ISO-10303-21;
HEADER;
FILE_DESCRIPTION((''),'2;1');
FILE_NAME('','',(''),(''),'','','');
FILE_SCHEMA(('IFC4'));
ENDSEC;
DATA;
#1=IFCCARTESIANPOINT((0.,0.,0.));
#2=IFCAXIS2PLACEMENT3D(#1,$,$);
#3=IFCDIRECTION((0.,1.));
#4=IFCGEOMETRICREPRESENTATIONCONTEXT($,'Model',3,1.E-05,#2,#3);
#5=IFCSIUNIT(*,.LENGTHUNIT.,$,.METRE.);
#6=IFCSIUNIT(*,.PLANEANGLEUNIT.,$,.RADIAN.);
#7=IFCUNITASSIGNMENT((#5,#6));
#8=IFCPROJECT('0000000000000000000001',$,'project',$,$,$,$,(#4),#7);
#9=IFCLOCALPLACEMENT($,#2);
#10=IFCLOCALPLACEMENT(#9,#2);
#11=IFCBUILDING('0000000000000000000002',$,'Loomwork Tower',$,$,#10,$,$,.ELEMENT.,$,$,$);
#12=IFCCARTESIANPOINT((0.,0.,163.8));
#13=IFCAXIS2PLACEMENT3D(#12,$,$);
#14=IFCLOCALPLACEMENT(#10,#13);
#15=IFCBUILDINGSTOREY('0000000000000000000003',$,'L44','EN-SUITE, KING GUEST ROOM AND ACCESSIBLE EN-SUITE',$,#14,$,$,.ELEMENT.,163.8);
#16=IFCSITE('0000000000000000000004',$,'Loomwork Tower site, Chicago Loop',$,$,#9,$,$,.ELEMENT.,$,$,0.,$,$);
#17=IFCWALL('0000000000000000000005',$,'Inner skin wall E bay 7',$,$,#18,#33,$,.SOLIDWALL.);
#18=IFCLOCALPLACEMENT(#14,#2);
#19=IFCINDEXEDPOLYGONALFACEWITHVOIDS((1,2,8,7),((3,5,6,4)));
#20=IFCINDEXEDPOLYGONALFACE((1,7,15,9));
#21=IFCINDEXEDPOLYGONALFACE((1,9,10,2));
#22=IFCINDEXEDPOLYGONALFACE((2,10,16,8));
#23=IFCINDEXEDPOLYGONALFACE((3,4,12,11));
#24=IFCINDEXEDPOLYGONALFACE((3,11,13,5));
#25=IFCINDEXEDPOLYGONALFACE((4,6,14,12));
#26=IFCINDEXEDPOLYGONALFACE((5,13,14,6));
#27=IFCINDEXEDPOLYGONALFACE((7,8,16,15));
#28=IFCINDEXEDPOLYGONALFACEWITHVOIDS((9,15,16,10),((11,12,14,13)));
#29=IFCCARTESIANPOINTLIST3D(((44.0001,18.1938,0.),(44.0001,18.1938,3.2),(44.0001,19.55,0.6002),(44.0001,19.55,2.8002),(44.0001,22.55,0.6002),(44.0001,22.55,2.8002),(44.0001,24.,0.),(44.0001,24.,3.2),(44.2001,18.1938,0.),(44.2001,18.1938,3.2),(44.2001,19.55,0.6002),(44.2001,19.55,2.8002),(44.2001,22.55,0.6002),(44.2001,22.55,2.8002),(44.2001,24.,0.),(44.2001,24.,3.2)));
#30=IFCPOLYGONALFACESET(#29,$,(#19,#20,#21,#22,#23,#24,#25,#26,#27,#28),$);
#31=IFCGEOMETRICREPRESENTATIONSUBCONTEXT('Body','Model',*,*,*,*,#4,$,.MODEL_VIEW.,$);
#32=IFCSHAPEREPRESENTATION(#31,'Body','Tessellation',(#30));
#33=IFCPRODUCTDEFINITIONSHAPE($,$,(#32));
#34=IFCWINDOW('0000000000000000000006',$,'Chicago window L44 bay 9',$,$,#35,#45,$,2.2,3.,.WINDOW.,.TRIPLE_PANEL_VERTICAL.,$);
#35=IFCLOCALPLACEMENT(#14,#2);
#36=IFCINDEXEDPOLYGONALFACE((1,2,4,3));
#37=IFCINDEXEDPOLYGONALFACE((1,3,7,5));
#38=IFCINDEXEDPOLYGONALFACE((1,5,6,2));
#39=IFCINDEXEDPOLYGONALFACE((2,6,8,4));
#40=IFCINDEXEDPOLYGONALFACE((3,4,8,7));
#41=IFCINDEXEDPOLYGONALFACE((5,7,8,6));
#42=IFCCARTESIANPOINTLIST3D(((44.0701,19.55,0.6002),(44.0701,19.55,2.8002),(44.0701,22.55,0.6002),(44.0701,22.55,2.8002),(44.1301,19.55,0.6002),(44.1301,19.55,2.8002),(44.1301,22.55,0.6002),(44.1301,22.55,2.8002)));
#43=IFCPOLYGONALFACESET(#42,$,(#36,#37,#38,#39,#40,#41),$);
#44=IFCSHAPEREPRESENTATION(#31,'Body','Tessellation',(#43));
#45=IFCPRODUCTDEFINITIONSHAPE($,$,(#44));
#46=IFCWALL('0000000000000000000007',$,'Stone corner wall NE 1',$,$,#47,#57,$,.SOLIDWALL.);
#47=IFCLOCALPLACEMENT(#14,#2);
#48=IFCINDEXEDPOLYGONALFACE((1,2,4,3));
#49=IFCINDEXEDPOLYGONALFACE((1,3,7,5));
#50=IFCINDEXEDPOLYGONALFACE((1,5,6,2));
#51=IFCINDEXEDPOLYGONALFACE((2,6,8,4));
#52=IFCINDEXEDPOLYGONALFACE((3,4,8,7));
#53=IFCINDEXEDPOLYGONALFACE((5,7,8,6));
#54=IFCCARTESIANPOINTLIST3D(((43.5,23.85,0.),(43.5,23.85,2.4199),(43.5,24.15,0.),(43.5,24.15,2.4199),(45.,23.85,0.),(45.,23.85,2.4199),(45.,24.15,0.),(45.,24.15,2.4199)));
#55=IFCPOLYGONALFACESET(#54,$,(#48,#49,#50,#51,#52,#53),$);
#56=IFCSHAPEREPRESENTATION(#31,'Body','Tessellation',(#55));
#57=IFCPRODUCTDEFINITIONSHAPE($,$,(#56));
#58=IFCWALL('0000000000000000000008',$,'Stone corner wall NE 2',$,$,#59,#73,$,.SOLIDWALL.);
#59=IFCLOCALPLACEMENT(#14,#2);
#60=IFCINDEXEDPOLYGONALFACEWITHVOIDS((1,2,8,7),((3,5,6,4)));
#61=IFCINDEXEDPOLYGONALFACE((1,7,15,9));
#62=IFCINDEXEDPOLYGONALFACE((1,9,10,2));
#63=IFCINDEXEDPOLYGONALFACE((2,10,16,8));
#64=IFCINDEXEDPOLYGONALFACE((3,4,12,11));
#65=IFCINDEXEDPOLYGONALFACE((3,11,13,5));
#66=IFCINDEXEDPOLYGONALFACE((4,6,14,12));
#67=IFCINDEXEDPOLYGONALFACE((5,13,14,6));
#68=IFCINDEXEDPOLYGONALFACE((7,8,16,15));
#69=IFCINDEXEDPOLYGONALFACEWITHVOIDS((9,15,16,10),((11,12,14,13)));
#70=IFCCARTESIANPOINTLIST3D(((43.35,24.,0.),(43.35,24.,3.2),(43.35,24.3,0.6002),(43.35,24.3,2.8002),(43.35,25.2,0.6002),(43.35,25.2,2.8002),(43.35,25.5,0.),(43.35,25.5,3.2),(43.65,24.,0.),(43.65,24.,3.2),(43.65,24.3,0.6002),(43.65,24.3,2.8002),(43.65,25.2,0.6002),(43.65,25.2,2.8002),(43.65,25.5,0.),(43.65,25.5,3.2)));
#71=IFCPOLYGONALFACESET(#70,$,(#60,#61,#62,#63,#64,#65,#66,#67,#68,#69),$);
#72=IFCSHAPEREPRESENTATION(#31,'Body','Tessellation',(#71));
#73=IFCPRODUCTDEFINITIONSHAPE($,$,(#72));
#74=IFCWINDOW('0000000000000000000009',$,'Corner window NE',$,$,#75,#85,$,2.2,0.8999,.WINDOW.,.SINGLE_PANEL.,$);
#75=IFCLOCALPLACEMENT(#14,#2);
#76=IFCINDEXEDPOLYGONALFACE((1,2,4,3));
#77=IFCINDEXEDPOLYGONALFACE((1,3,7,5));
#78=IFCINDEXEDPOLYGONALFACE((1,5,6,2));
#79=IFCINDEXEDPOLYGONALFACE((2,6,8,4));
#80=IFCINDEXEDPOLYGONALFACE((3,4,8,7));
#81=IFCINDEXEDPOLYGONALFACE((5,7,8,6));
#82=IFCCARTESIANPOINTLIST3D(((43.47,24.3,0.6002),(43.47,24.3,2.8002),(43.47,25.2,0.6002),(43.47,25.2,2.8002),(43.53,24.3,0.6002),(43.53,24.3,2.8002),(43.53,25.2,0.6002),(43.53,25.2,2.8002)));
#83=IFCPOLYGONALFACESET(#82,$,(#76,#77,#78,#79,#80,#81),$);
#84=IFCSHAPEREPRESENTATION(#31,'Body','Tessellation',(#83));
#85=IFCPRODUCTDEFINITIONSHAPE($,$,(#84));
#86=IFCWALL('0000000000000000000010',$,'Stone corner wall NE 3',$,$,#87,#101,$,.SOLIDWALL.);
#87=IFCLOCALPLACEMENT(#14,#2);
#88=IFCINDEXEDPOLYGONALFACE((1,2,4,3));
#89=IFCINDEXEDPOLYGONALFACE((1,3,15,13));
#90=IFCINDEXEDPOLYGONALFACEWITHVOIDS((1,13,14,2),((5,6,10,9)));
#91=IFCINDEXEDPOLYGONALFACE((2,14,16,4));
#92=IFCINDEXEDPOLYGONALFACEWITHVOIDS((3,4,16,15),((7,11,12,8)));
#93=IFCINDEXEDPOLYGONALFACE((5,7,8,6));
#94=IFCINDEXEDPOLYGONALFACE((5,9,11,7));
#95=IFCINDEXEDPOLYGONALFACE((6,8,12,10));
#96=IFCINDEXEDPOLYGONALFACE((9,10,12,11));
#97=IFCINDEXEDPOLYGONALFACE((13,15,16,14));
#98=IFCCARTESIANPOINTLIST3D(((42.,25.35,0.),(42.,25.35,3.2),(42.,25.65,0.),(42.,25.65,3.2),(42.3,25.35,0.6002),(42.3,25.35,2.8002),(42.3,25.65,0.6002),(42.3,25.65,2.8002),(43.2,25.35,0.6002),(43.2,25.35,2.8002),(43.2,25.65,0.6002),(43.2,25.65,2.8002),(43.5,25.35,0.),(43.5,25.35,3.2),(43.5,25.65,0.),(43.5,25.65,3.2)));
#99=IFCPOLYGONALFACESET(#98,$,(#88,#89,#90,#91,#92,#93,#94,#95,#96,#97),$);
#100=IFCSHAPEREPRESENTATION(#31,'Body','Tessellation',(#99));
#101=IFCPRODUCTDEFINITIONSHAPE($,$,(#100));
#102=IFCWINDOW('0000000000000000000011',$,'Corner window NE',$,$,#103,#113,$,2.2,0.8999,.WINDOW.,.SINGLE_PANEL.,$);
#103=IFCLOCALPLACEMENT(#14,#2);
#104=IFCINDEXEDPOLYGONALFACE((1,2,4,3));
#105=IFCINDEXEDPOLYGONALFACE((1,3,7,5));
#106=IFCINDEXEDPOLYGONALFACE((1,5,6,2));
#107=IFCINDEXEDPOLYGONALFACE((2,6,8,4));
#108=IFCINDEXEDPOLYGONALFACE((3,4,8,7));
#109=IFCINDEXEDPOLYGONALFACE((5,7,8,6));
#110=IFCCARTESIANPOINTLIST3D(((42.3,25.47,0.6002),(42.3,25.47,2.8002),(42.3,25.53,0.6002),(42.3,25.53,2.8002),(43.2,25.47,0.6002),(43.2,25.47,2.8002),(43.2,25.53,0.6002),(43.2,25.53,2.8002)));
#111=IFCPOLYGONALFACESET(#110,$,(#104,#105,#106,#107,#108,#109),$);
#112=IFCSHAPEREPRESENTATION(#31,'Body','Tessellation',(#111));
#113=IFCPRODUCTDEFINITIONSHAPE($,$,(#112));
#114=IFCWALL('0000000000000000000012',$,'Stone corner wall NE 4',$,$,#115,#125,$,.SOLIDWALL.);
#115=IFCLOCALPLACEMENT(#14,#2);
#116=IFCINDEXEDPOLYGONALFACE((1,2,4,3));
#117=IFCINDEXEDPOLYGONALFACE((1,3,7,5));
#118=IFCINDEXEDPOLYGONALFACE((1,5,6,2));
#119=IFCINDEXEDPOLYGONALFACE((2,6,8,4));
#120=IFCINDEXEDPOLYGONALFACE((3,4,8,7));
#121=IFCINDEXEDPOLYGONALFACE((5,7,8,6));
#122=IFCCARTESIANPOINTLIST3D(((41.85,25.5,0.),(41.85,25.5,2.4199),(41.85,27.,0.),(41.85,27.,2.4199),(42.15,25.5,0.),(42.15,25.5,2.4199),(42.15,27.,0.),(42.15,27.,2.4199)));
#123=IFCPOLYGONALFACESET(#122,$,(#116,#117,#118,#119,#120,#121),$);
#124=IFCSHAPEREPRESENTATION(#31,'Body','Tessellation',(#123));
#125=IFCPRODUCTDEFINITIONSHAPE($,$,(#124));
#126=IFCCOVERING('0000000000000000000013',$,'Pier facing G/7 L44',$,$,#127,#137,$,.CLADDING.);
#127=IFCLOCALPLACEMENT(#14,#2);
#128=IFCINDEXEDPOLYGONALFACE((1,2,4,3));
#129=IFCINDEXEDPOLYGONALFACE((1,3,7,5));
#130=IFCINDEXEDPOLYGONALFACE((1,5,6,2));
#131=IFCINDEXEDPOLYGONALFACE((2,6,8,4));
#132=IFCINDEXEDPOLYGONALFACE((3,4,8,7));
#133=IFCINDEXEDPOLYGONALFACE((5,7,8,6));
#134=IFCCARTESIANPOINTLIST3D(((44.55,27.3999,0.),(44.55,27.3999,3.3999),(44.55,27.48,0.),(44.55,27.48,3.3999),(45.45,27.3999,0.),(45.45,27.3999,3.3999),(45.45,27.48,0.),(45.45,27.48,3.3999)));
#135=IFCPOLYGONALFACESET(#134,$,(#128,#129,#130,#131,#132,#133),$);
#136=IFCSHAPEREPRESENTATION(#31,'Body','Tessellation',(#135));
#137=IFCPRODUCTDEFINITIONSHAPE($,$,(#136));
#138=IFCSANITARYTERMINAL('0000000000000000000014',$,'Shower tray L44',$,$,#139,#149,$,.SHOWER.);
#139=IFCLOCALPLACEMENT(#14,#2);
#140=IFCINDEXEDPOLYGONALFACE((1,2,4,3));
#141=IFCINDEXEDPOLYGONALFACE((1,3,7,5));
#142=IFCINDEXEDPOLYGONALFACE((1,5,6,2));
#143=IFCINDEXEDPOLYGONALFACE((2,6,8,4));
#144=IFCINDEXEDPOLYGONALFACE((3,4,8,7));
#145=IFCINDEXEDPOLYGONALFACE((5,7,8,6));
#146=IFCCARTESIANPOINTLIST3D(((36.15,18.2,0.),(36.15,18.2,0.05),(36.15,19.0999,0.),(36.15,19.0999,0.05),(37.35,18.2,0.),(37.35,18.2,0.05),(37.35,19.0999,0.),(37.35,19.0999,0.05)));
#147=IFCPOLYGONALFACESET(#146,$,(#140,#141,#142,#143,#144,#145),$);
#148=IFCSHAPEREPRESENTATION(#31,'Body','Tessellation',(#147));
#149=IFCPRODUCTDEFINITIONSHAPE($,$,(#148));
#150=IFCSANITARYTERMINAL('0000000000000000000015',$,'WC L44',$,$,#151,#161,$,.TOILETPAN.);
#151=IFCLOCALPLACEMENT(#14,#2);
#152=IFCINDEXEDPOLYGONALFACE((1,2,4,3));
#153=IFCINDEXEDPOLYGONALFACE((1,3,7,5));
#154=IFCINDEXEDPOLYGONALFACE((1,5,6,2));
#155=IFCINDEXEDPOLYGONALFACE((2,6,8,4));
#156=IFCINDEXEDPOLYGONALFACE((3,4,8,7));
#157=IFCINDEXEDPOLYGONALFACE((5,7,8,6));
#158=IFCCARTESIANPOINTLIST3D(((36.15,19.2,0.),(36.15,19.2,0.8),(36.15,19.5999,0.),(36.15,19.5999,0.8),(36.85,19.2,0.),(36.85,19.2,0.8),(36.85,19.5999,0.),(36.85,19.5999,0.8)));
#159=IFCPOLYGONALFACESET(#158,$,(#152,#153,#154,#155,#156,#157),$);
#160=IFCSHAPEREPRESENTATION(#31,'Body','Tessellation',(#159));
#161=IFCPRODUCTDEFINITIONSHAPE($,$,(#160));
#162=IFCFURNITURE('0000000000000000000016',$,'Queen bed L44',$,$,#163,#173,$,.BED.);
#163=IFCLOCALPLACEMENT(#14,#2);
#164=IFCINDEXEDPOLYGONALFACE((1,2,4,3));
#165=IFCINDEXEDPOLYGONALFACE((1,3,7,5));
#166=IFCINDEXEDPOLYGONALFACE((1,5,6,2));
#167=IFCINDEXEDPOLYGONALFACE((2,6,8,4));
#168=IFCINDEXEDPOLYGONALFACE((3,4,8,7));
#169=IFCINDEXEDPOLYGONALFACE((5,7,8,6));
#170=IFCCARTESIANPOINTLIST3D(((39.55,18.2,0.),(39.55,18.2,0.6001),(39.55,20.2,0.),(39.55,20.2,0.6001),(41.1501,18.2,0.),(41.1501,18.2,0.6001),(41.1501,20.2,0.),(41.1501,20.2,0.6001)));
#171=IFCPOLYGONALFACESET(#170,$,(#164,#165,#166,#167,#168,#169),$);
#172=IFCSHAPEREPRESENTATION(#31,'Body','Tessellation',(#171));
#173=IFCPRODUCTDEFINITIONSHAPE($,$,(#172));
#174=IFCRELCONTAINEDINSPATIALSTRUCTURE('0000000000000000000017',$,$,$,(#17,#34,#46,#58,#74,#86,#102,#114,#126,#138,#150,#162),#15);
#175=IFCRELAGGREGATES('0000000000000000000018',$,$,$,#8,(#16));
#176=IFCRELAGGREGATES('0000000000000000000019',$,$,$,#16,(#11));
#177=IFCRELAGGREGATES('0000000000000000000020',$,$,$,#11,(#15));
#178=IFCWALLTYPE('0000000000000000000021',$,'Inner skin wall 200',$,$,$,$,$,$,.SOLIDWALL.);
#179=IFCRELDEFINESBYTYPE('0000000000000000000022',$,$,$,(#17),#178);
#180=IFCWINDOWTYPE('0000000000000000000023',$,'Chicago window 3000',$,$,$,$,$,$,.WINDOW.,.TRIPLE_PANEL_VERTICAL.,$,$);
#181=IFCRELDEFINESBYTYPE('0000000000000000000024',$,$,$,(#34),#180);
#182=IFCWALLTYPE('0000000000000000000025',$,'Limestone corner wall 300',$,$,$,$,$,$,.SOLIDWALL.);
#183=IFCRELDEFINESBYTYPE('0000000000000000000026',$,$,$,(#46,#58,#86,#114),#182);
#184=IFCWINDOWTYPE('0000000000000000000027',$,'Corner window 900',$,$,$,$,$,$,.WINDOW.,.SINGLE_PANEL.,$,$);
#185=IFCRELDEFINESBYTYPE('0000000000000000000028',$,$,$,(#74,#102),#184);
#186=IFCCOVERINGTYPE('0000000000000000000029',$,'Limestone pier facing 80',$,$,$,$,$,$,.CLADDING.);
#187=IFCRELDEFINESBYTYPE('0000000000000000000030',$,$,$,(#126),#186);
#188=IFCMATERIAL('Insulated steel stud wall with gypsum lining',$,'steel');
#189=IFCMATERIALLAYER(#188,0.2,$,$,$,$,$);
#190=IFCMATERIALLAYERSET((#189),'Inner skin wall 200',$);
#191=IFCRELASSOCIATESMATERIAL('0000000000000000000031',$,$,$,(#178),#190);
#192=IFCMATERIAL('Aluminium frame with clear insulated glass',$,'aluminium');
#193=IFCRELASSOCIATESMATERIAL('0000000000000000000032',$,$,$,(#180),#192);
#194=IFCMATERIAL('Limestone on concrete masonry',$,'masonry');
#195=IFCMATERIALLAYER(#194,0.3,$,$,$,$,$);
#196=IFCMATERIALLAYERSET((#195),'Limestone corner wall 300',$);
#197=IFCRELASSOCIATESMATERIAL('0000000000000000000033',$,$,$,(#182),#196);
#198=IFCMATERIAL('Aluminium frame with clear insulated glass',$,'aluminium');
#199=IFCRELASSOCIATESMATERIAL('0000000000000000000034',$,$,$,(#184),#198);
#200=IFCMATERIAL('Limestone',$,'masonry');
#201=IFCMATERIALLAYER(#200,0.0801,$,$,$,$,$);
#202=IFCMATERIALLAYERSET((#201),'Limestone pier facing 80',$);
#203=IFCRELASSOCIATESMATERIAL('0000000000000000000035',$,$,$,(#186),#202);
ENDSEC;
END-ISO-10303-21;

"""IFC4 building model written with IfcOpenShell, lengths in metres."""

from ifc_helpers import new_model, si_unit, direction, frame, frame_2d, origin, origin_2d, place, context, subcontext, project, spatial, rectangle, extrude, material, layer, layer_set, type_object, element, fill, save


model = new_model("IFC4")

# Units and contexts
model_context = context("Model", 3, precision=1e-05, world=origin(), true_north=direction((0.0, 1.0)))
body_context = subcontext(model_context, "Body", "Model", "MODEL_VIEW")
ifc_project = project(units=[si_unit("LENGTHUNIT", "METRE"), si_unit("PLANEANGLEUNIT", "RADIAN")], contexts=[model_context])

# Site, building, storey
site_placement = place(None, origin())
site = spatial("IfcSite", under=ifc_project, at=site_placement, Name="Loomwork Tower site, Chicago Loop", CompositionType="ELEMENT", RefElevation=0.0)
building_placement = place(site_placement, origin())
building = spatial("IfcBuilding", under=site, at=building_placement, Name="Loomwork Tower", CompositionType="ELEMENT")
storey_placement = place(building_placement, frame((0.0, 0.0, 163.8)))
storey = spatial("IfcBuildingStorey", under=building, at=storey_placement, Name="L44", Description="EN-SUITE, KING GUEST ROOM AND ACCESSIBLE EN-SUITE", CompositionType="ELEMENT", Elevation=163.8)

# Wall, opening, window
ifc_material_1 = material(Name="Insulated steel stud wall with gypsum lining", Category="steel")
ifc_layer_1 = layer(ifc_material_1, 0.2)
ifc_layer_set_1 = layer_set([ifc_layer_1], Name="Inner skin wall 200")
wall_type_1 = type_object("IfcWallType", Name="Inner skin wall 200", PredefinedType="SOLIDWALL", material=ifc_layer_set_1)
wall_1_placement = place(storey_placement, frame((44.1001, 18.1938, 0.0), z_axis=(0.0, 0.0, 1.0), x_axis=(0.0, 1.0, 0.0)))
wall_1 = element("IfcWall", 1, at=wall_1_placement, inside=storey, type_object=wall_type_1, Name="Inner skin wall E bay 7", PredefinedType="SOLIDWALL", context=body_context, shape_type="SweptSolid", body=[
    extrude(rectangle(XDim=5.8062, YDim=0.2, at=frame_2d((2.9031, 0.0))), origin(), (0.0, 0.0, 1.0), 3.2),
])
opening_1_placement = place(wall_1_placement, frame((1.3562, 0.0, 0.6001)))
opening_1 = element("IfcOpeningElement", 2, at=opening_1_placement, cuts=wall_1, PredefinedType="OPENING", context=body_context, shape_type="SweptSolid", body=[
    extrude(rectangle(XDim=3.0, YDim=2.2, at=frame_2d((1.5, 1.1001))), frame((0.0, 0.1099, 0.0), z_axis=(0.0, -1.0, 0.0), x_axis=(1.0, 0.0, 0.0)), (0.0, 0.0, 1.0), 0.22),
])
ifc_material_2 = material(Name="Aluminium frame with clear insulated glass", Category="aluminium")
window_type_1 = type_object("IfcWindowType", Name="Chicago window 3000", PartitioningType="TRIPLE_PANEL_VERTICAL", PredefinedType="WINDOW", material=ifc_material_2)
window_1_placement = place(opening_1_placement, origin())
window_1 = element("IfcWindow", 3, at=window_1_placement, inside=storey, type_object=window_type_1, Name="Chicago window L44 bay 9", OverallHeight=2.2, OverallWidth=3.0, PartitioningType="TRIPLE_PANEL_VERTICAL", PredefinedType="WINDOW", context=body_context, shape_type="SweptSolid", body=[
    extrude(rectangle(XDim=3.0, YDim=2.2, at=frame_2d((1.5, 1.1001))), frame((0.0, 0.03, 0.0), z_axis=(0.0, -1.0, 0.0), x_axis=(1.0, 0.0, 0.0)), (0.0, 0.0, 1.0), 0.0601),
])
fill(opening_1, window_1)

# Wall
ifc_material_3 = material(Name="Limestone on concrete masonry", Category="masonry")
ifc_layer_2 = layer(ifc_material_3, 0.3)
ifc_layer_set_2 = layer_set([ifc_layer_2], Name="Limestone corner wall 300")
wall_type_2 = type_object("IfcWallType", Name="Limestone corner wall 300", PredefinedType="SOLIDWALL", material=ifc_layer_set_2)
wall_2_placement = place(storey_placement, frame((45.0, 24.0, 0.0), z_axis=(0.0, 0.0, 1.0), x_axis=(-1.0, 0.0, 0.0)))
element("IfcWall", 4, at=wall_2_placement, inside=storey, type_object=wall_type_2, Name="Stone corner wall NE 1", PredefinedType="SOLIDWALL", context=body_context, shape_type="SweptSolid", body=[
    extrude(rectangle(XDim=1.5, YDim=0.3, at=frame_2d((0.75, 0.0))), origin(), (0.0, 0.0, 1.0), 2.4199),
])

# Walls, openings, windows
wall_3_placement = place(storey_placement, frame((43.5, 24.0, 0.0), z_axis=(0.0, 0.0, 1.0), x_axis=(0.0, 1.0, 0.0)))
wall_3 = element("IfcWall", 5, at=wall_3_placement, inside=storey, type_object=wall_type_2, Name="Stone corner wall NE 2", PredefinedType="SOLIDWALL", context=body_context, shape_type="SweptSolid", body=[
    extrude(rectangle(XDim=1.5, YDim=0.3, at=frame_2d((0.75, 0.0))), origin(), (0.0, 0.0, 1.0), 3.2),
])
opening_2_placement = place(wall_3_placement, frame((0.3, 0.0, 0.6001)))
opening_2 = element("IfcOpeningElement", 6, at=opening_2_placement, cuts=wall_3, PredefinedType="OPENING", context=body_context, shape_type="SweptSolid", body=[
    extrude(rectangle(XDim=0.8999, YDim=2.2, at=frame_2d((0.45, 1.1001))), frame((0.0, 0.1599, 0.0), z_axis=(0.0, -1.0, 0.0), x_axis=(1.0, 0.0, 0.0)), (0.0, 0.0, 1.0), 0.3201),
])
ifc_material_4 = material(Name="Aluminium frame with clear insulated glass", Category="aluminium")
window_type_2 = type_object("IfcWindowType", Name="Corner window 900", PartitioningType="SINGLE_PANEL", PredefinedType="WINDOW", material=ifc_material_4)
window_2_placement = place(opening_2_placement, origin())
window_2 = element("IfcWindow", 7, at=window_2_placement, inside=storey, type_object=window_type_2, Name="Corner window NE", OverallHeight=2.2, OverallWidth=0.8999, PartitioningType="SINGLE_PANEL", PredefinedType="WINDOW", context=body_context, shape_type="SweptSolid", body=[
    extrude(rectangle(XDim=0.8999, YDim=2.2, at=frame_2d((0.45, 1.1001))), frame((0.0, 0.03, 0.0), z_axis=(0.0, -1.0, 0.0), x_axis=(1.0, 0.0, 0.0)), (0.0, 0.0, 1.0), 0.0601),
])
fill(opening_2, window_2)
wall_4_placement = place(storey_placement, frame((43.5, 25.5, 0.0), z_axis=(0.0, 0.0, 1.0), x_axis=(-1.0, 0.0, 0.0)))
wall_4 = element("IfcWall", 8, at=wall_4_placement, inside=storey, type_object=wall_type_2, Name="Stone corner wall NE 3", PredefinedType="SOLIDWALL", context=body_context, shape_type="SweptSolid", body=[
    extrude(rectangle(XDim=1.5, YDim=0.3, at=frame_2d((0.75, 0.0))), origin(), (0.0, 0.0, 1.0), 3.2),
])
opening_3_placement = place(wall_4_placement, frame((0.3, 0.0, 0.6001)))
opening_3 = element("IfcOpeningElement", 9, at=opening_3_placement, cuts=wall_4, PredefinedType="OPENING", context=body_context, shape_type="SweptSolid", body=[
    extrude(rectangle(XDim=0.8999, YDim=2.2, at=frame_2d((0.45, 1.1001))), frame((0.0, 0.1599, 0.0), z_axis=(0.0, -1.0, 0.0), x_axis=(1.0, 0.0, 0.0)), (0.0, 0.0, 1.0), 0.3201),
])
window_3_placement = place(opening_3_placement, origin())
window_3 = element("IfcWindow", 10, at=window_3_placement, inside=storey, type_object=window_type_2, Name="Corner window NE", OverallHeight=2.2, OverallWidth=0.8999, PartitioningType="SINGLE_PANEL", PredefinedType="WINDOW", context=body_context, shape_type="SweptSolid", body=[
    extrude(rectangle(XDim=0.8999, YDim=2.2, at=frame_2d((0.45, 1.1001))), frame((0.0, 0.03, 0.0), z_axis=(0.0, -1.0, 0.0), x_axis=(1.0, 0.0, 0.0)), (0.0, 0.0, 1.0), 0.0601),
])
fill(opening_3, window_3)

# Wall
wall_5_placement = place(storey_placement, frame((42.0, 25.5, 0.0), z_axis=(0.0, 0.0, 1.0), x_axis=(0.0, 1.0, 0.0)))
element("IfcWall", 11, at=wall_5_placement, inside=storey, type_object=wall_type_2, Name="Stone corner wall NE 4", PredefinedType="SOLIDWALL", context=body_context, shape_type="SweptSolid", body=[
    extrude(rectangle(XDim=1.5, YDim=0.3, at=frame_2d((0.75, 0.0))), origin(), (0.0, 0.0, 1.0), 2.4199),
])

# Covering
ifc_material_5 = material(Name="Limestone", Category="masonry")
ifc_layer_3 = layer(ifc_material_5, 0.0801)
ifc_layer_set_3 = layer_set([ifc_layer_3], Name="Limestone pier facing 80")
covering_type = type_object("IfcCoveringType", Name="Limestone pier facing 80", PredefinedType="CLADDING", material=ifc_layer_set_3)
covering_placement = place(storey_placement, frame((45.0, 27.4399, 0.0), z_axis=(0.0, 0.0, 1.0), x_axis=(1.0, 0.0, 0.0)))
element("IfcCovering", 12, at=covering_placement, inside=storey, type_object=covering_type, Name="Pier facing G/7 L44", PredefinedType="CLADDING", context=body_context, shape_type="SweptSolid", body=[
    extrude(rectangle(XDim=0.8999, YDim=0.0801, at=origin_2d()), origin(), (0.0, 0.0, 1.0), 3.3999),
])

# Sanitary terminals
sanitary_terminal_1_placement = place(storey_placement, frame((36.75, 18.6499, 0.0), z_axis=(0.0, 0.0, 1.0), x_axis=(1.0, 0.0, 0.0)))
element("IfcSanitaryTerminal", 13, at=sanitary_terminal_1_placement, inside=storey, Name="Shower tray L44", PredefinedType="SHOWER", context=body_context, shape_type="SweptSolid", body=[
    extrude(rectangle(XDim=1.2, YDim=0.8999, at=origin_2d()), origin(), (0.0, 0.0, 1.0), 0.05),
])
sanitary_terminal_2_placement = place(storey_placement, frame((36.5, 19.3999, 0.0), z_axis=(0.0, 0.0, 1.0), x_axis=(1.0, 0.0, 0.0)))
element("IfcSanitaryTerminal", 14, at=sanitary_terminal_2_placement, inside=storey, Name="WC L44", PredefinedType="TOILETPAN", context=body_context, shape_type="SweptSolid", body=[
    extrude(rectangle(XDim=0.7, YDim=0.3999, at=origin_2d()), origin(), (0.0, 0.0, 1.0), 0.8),
])

# Furniture
for number, where, z_axis, x_axis, name in (
    (15, (40.3501, 19.2, 0.0), (0.0, 0.0, 1.0), (1.0, 0.0, 0.0), "Queen bed L44"),
):
    element("IfcFurniture", number, at=place(storey_placement, frame(where, z_axis=z_axis, x_axis=x_axis)), inside=storey, Name=name, PredefinedType="BED", context=body_context, shape_type="SweptSolid", body=[
        extrude(rectangle(XDim=1.6001, YDim=2.0, at=origin_2d()), origin(), (0.0, 0.0, 1.0), 0.6001),
    ])

save(model, "model.ifc")
